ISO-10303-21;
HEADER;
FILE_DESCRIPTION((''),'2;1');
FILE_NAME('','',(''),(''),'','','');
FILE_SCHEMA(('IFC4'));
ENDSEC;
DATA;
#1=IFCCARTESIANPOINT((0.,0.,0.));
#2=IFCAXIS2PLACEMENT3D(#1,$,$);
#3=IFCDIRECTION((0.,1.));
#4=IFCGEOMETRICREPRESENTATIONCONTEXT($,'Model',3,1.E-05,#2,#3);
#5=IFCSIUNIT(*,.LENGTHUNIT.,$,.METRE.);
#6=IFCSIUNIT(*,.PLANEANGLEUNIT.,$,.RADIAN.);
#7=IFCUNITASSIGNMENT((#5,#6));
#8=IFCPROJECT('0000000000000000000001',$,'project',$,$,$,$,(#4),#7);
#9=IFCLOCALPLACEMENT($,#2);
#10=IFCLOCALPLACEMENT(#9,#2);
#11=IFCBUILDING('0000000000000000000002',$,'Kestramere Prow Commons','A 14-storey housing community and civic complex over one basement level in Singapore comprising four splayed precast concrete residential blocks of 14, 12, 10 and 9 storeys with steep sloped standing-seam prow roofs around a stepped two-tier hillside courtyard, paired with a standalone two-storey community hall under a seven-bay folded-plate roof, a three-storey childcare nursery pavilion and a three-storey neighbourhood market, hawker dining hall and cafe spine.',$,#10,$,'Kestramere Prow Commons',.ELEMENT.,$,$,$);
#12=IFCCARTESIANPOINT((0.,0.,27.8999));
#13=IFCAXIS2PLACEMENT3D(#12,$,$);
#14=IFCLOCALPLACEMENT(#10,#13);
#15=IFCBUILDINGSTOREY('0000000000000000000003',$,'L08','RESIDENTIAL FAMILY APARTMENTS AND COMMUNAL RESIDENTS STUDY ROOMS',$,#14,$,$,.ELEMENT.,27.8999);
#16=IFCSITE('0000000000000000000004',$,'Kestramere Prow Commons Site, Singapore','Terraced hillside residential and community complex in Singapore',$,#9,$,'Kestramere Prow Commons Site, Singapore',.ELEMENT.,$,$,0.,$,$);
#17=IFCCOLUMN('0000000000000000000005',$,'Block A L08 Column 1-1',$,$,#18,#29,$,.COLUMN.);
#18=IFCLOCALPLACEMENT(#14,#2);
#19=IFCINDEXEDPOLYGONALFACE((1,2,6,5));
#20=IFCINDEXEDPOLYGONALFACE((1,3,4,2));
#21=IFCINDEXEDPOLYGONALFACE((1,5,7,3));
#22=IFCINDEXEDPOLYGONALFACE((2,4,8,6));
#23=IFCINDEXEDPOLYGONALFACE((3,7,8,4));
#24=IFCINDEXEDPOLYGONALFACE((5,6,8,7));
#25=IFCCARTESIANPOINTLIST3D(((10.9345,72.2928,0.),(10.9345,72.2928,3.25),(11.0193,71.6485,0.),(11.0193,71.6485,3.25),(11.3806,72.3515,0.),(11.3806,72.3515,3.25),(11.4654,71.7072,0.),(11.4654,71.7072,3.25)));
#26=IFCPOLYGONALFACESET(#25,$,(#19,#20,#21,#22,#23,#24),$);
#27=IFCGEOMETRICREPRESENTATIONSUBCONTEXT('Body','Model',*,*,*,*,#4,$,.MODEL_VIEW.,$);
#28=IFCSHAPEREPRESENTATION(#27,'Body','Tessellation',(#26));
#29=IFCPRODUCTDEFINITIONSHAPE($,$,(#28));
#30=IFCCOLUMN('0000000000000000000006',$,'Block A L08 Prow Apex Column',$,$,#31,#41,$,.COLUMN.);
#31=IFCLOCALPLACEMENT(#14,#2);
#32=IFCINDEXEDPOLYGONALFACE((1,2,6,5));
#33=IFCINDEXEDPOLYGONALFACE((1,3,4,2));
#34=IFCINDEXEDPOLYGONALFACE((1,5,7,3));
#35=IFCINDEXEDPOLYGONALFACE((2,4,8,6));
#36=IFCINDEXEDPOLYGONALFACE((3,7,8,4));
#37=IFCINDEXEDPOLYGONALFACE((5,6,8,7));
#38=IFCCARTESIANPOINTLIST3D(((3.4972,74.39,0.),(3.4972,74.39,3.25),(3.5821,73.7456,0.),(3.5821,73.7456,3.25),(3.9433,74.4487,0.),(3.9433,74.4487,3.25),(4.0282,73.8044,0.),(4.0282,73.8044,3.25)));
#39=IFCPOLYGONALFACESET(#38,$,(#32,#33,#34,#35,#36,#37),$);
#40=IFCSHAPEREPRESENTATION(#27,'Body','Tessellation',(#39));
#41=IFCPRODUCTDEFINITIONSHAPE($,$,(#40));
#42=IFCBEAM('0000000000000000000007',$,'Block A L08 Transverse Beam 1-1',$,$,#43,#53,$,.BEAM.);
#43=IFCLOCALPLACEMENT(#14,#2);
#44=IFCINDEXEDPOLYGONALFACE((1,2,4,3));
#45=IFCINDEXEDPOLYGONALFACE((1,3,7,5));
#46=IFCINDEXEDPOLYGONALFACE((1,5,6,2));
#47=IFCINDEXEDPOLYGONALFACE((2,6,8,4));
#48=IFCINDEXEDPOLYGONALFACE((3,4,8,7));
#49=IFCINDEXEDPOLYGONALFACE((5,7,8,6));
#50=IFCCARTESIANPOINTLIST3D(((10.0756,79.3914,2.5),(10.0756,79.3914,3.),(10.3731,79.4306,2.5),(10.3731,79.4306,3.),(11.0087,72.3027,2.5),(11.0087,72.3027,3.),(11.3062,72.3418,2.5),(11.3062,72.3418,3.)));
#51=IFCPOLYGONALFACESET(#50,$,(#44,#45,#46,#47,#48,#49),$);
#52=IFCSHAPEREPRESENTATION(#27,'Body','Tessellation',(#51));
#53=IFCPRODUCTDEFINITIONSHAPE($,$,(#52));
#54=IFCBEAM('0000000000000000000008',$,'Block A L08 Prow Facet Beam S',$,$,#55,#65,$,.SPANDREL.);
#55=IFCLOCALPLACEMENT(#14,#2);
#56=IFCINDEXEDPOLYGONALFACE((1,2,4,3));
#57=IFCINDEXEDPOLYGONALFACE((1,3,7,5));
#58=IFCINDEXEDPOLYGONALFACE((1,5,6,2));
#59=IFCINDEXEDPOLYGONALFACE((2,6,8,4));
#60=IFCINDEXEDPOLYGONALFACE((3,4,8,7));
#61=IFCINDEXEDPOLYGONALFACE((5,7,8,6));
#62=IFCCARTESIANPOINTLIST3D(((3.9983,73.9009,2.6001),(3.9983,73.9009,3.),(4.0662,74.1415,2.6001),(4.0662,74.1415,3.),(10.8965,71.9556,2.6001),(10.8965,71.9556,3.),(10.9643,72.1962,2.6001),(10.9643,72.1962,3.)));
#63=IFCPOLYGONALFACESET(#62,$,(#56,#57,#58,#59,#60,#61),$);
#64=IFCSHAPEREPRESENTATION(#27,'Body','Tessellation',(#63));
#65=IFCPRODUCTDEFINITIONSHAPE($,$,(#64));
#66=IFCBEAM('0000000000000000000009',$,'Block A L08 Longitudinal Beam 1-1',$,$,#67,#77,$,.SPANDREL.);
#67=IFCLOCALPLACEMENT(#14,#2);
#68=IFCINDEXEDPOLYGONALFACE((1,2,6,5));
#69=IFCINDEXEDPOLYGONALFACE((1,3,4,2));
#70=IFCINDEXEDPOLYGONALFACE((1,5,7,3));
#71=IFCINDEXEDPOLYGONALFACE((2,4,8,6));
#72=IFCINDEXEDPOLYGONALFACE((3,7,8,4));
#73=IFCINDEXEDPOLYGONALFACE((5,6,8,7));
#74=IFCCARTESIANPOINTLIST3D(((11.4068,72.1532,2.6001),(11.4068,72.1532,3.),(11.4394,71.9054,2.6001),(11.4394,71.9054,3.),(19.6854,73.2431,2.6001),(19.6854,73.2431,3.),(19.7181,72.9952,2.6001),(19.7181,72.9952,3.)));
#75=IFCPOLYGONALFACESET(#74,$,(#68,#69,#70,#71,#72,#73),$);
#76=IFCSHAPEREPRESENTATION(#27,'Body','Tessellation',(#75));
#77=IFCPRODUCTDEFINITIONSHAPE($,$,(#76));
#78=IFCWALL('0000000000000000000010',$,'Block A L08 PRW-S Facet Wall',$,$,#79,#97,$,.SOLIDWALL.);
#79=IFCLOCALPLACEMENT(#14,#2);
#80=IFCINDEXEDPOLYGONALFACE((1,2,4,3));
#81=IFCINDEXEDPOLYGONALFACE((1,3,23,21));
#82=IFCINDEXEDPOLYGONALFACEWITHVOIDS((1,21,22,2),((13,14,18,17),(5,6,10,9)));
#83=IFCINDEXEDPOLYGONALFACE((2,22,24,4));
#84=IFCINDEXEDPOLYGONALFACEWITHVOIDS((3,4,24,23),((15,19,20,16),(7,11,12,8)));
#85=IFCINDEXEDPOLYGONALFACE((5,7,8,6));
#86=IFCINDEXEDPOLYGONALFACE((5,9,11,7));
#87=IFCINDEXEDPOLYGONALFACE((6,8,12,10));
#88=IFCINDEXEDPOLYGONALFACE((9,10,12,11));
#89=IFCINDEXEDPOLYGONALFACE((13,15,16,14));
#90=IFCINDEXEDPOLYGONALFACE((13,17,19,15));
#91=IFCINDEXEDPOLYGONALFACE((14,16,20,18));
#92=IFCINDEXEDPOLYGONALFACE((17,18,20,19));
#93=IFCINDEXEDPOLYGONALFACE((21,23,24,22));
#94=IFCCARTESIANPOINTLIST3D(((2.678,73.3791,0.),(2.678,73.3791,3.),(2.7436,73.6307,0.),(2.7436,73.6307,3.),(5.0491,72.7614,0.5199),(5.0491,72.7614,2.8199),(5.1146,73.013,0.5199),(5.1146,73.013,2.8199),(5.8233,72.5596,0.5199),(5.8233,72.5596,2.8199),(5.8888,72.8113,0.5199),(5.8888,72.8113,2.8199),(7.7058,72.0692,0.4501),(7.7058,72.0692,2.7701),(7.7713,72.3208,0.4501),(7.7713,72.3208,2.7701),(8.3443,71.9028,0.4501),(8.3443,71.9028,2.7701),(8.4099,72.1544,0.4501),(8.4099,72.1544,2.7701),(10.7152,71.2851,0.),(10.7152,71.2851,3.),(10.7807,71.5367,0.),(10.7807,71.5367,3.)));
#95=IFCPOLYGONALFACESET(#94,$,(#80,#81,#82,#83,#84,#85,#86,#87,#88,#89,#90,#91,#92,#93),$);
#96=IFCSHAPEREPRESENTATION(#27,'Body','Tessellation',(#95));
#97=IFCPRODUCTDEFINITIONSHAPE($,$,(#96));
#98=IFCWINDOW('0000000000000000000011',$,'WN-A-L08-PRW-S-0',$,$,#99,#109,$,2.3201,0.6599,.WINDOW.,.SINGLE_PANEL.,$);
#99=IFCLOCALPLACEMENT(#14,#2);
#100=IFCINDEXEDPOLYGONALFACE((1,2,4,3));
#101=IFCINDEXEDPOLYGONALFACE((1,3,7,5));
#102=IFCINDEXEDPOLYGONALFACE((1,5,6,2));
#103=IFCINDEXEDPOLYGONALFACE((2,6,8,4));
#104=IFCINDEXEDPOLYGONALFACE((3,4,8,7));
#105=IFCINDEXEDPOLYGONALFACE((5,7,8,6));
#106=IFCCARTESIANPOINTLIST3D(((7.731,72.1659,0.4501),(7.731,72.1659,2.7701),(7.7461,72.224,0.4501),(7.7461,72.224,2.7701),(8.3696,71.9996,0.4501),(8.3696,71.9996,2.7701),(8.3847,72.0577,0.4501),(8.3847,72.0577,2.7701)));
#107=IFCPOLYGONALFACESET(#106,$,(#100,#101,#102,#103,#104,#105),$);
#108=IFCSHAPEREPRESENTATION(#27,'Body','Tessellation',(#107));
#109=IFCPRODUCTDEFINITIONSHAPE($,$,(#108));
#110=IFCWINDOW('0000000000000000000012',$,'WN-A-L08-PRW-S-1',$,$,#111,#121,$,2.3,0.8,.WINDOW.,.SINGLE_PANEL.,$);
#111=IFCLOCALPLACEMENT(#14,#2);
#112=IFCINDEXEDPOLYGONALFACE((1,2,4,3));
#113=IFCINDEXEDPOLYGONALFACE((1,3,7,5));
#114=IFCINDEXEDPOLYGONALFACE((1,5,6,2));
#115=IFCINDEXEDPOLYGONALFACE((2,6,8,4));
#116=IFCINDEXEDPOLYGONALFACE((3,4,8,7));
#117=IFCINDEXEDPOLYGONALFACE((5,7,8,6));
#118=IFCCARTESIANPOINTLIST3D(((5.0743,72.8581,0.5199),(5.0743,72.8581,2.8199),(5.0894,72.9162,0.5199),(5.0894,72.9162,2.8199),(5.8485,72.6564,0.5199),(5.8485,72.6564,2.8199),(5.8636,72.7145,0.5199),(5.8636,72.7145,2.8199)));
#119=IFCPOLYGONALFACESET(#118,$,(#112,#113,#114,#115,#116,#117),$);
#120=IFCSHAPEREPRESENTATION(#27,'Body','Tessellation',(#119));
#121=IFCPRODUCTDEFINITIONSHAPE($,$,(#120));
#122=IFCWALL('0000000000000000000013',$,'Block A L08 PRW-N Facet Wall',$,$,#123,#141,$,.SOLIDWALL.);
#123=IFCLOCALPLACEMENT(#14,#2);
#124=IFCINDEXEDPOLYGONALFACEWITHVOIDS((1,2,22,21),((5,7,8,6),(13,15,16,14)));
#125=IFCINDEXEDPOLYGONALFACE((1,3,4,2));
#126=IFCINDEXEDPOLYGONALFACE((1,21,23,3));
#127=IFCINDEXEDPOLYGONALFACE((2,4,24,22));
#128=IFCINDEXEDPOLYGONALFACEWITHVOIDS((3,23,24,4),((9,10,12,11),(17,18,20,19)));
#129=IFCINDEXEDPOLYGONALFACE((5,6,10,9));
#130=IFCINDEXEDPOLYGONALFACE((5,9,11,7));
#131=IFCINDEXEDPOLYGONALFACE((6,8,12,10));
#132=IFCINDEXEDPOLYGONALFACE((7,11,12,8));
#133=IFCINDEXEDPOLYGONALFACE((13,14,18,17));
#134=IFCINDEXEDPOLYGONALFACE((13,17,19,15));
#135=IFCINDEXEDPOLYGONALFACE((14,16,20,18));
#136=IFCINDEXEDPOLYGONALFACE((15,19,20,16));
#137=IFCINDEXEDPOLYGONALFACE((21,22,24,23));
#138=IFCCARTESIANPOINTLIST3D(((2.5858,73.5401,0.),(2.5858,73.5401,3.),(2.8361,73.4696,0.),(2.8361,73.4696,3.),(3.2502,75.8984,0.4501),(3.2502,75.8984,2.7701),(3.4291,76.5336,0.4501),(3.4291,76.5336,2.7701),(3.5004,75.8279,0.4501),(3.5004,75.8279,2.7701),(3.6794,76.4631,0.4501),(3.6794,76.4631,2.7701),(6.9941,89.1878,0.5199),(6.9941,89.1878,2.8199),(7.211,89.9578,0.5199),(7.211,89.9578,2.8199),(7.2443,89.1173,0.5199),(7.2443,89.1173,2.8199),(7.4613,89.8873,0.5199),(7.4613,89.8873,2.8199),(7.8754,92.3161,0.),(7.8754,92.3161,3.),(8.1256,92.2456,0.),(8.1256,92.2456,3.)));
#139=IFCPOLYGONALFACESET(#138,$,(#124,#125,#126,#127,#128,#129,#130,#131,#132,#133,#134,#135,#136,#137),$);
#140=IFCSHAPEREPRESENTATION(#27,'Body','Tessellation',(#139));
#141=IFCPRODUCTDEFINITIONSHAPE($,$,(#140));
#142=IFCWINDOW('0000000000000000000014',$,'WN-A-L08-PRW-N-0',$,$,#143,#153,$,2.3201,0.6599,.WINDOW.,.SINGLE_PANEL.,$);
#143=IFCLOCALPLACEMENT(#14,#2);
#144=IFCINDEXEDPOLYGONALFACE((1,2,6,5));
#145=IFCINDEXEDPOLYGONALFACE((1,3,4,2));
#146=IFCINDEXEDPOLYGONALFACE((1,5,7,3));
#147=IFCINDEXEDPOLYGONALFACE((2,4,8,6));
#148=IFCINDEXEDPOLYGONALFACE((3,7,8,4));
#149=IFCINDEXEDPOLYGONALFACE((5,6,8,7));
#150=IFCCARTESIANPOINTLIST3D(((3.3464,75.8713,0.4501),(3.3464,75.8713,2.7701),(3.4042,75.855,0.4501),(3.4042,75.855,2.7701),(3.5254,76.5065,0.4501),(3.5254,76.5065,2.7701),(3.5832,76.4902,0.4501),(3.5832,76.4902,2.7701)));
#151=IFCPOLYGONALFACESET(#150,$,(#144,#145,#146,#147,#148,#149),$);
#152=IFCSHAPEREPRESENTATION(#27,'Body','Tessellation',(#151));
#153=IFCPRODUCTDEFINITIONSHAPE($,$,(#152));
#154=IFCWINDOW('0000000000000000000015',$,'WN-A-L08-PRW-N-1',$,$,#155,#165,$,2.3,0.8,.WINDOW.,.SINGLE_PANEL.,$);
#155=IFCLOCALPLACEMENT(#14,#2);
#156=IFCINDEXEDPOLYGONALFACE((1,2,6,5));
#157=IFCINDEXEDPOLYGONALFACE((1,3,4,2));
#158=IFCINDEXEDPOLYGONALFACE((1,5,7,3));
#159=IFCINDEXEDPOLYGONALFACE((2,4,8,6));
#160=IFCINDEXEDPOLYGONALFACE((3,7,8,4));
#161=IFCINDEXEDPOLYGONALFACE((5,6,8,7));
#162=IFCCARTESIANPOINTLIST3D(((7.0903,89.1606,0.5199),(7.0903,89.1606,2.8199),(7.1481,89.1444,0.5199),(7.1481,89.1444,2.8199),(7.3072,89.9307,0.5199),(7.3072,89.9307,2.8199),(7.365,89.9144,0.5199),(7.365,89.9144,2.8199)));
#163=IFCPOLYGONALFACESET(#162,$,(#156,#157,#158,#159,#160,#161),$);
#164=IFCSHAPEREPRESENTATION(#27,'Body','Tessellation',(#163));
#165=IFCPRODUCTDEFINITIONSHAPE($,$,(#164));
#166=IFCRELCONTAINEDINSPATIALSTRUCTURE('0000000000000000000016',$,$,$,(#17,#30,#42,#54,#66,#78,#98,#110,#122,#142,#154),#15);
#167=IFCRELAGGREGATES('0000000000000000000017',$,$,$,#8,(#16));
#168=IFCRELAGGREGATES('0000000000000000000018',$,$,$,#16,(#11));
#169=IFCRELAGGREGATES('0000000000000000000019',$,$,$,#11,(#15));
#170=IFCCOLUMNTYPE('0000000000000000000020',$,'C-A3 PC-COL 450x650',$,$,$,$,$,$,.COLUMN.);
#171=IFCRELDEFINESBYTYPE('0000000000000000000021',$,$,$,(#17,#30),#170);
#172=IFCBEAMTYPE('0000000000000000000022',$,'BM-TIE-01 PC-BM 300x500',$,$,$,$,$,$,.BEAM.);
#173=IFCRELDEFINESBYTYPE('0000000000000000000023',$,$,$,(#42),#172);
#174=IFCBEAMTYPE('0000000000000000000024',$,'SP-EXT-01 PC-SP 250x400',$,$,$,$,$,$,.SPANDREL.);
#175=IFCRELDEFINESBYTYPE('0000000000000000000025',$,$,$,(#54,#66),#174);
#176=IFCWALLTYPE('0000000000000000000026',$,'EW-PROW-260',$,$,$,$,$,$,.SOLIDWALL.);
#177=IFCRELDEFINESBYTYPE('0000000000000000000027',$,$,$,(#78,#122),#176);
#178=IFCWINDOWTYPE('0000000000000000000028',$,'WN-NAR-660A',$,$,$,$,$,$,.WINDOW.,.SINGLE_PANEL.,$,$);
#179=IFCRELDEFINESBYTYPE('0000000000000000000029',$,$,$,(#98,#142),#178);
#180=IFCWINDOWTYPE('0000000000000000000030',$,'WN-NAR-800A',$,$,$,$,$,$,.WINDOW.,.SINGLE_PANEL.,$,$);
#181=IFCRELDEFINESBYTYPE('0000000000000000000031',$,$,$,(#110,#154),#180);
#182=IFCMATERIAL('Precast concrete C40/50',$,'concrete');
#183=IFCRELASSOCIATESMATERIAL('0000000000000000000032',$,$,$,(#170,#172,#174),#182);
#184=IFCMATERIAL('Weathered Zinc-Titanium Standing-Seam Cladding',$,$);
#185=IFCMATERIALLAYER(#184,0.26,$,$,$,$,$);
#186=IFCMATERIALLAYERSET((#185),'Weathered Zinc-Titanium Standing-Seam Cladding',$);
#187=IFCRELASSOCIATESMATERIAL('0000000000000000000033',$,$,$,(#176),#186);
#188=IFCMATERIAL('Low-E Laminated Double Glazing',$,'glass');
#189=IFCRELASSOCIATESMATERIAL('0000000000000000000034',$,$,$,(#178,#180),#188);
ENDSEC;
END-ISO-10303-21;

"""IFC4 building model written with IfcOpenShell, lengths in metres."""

from ifc_helpers import new_model, si_unit, direction, frame, frame_2d, origin, origin_2d, place, context, subcontext, project, spatial, rectangle, extrude, material, layer, layer_set, material_profile, profile_set, type_object, element, fill, save


model = new_model("IFC4")

# Units and contexts
model_context = context("Model", 3, precision=1e-05, world=origin(), true_north=direction((0.0, 1.0)))
body_context = subcontext(model_context, "Body", "Model", "MODEL_VIEW")
ifc_project = project(units=[si_unit("LENGTHUNIT", "METRE"), si_unit("PLANEANGLEUNIT", "RADIAN")], contexts=[model_context])

# Site, building, storey
site_placement = place(None, origin())
site = spatial("IfcSite", under=ifc_project, at=site_placement, Name="Kestramere Prow Commons Site, Singapore", Description="Terraced hillside residential and community complex in Singapore", LongName="Kestramere Prow Commons Site, Singapore", CompositionType="ELEMENT", RefElevation=0.0)
building_placement = place(site_placement, origin())
building = spatial("IfcBuilding", under=site, at=building_placement, Name="Kestramere Prow Commons", Description="A 14-storey housing community and civic complex over one basement level in Singapore comprising four splayed precast concrete residential blocks of 14, 12, 10 and 9 storeys with steep sloped standing-seam prow roofs around a stepped two-tier hillside courtyard, paired with a standalone two-storey community hall under a seven-bay folded-plate roof, a three-storey childcare nursery pavilion and a three-storey neighbourhood market, hawker dining hall and cafe spine.", LongName="Kestramere Prow Commons", CompositionType="ELEMENT")
storey_placement = place(building_placement, frame((0.0, 0.0, 27.8999)))
storey = spatial("IfcBuildingStorey", under=building, at=storey_placement, Name="L08", Description="RESIDENTIAL FAMILY APARTMENTS AND COMMUNAL RESIDENTS STUDY ROOMS", CompositionType="ELEMENT", Elevation=27.8999)

# Columns
ifc_material_1 = material(Name="Precast concrete C40/50", Category="concrete")
ifc_material_profile_1 = material_profile(ifc_material_1, rectangle(XDim=0.45, YDim=0.6499, at=origin_2d()), Name="PC-COL 450x650")
ifc_profile_set_1 = profile_set([ifc_material_profile_1], Name="Precast concrete C40/50")
column_type = type_object("IfcColumnType", Name="C-A3 PC-COL 450x650", PredefinedType="COLUMN", material=ifc_profile_set_1)
for number, where, z_axis, x_axis, name in (
    (1, (11.2, 72.0, 0.0), (0.0, 0.0, 1.0), (0.991445, 0.130526, 0.0), "Block A L08 Column 1-1"),
    (2, (3.7627, 74.0972, 0.0), (0.0, 0.0, 1.0), (0.991445, 0.130526, 0.0), "Block A L08 Prow Apex Column"),
):
    element("IfcColumn", number, at=place(storey_placement, frame(where, z_axis=z_axis, x_axis=x_axis)), inside=storey, type_object=column_type, Name=name, PredefinedType="COLUMN", context=body_context, shape_type="SweptSolid", body=[
        extrude(rectangle(XDim=0.45, YDim=0.6499, at=origin_2d()), origin(), (0.0, 0.0, 1.0), 3.25),
    ])

# Beams
ifc_material_profile_2 = material_profile(ifc_material_1, rectangle(XDim=0.3, YDim=0.5, at=origin_2d()), Name="PC-BM 300x500")
ifc_profile_set_2 = profile_set([ifc_material_profile_2], Name="Precast concrete C40/50")
beam_type_1 = type_object("IfcBeamType", Name="BM-TIE-01 PC-BM 300x500", PredefinedType="BEAM", material=ifc_profile_set_2)
beam_1_placement = place(storey_placement, frame((11.1575, 72.3223, 2.75), z_axis=(-0.130504, 0.991448, 0.0), x_axis=(-0.991448, -0.130504, 0.0)))
element("IfcBeam", 3, at=beam_1_placement, inside=storey, type_object=beam_type_1, Name="Block A L08 Transverse Beam 1-1", PredefinedType="BEAM", context=body_context, shape_type="SweptSolid", body=[
    extrude(rectangle(XDim=0.3, YDim=0.5, at=origin_2d()), origin(), (0.0, 0.0, 1.0), 7.1499),
])
ifc_material_profile_3 = material_profile(ifc_material_1, rectangle(XDim=0.25, YDim=0.3999, at=origin_2d()), Name="PC-SP 250x400")
ifc_profile_set_3 = profile_set([ifc_material_profile_3], Name="Precast concrete C40/50")
beam_type_2 = type_object("IfcBeamType", Name="SP-EXT-01 PC-SP 250x400", PredefinedType="SPANDREL", material=ifc_profile_set_3)
beam_2_placement = place(storey_placement, frame((10.9304, 72.0759, 2.8), z_axis=(-0.962462, 0.271417, 0.0), x_axis=(-0.271417, -0.962462, 0.0)))
element("IfcBeam", 4, at=beam_2_placement, inside=storey, type_object=beam_type_2, Name="Block A L08 Prow Facet Beam S", PredefinedType="SPANDREL", context=body_context, shape_type="SweptSolid", body=[
    extrude(rectangle(XDim=0.25, YDim=0.3999, at=origin_2d()), origin(), (0.0, 0.0, 1.0), 7.1672),
])
beam_3_placement = place(storey_placement, frame((11.4231, 72.0293, 2.8), z_axis=(0.991446, 0.13052, 0.0), x_axis=(-0.13052, 0.991446, 0.0)))
element("IfcBeam", 5, at=beam_3_placement, inside=storey, type_object=beam_type_2, Name="Block A L08 Longitudinal Beam 1-1", PredefinedType="SPANDREL", context=body_context, shape_type="SweptSolid", body=[
    extrude(rectangle(XDim=0.25, YDim=0.3999, at=origin_2d()), origin(), (0.0, 0.0, 1.0), 8.3501),
])

# Walls, openings, windows
ifc_material_2 = material(Name="Weathered Zinc-Titanium Standing-Seam Cladding")
ifc_layer_1 = layer(ifc_material_2, 0.26)
ifc_layer_set_1 = layer_set([ifc_layer_1], Name="Weathered Zinc-Titanium Standing-Seam Cladding")
wall_type_1 = type_object("IfcWallType", Name="EW-PROW-260", PredefinedType="SOLIDWALL", material=ifc_layer_set_1)
wall_1_placement = place(storey_placement, frame((10.748, 71.4109, 0.0), z_axis=(0.0, 0.0, 1.0), x_axis=(-0.967695, 0.252124, 0.0)))
wall_1 = element("IfcWall", 6, at=wall_1_placement, inside=storey, type_object=wall_type_1, Name="Block A L08 PRW-S Facet Wall", PredefinedType="SOLIDWALL", context=body_context, shape_type="SweptSolid", body=[
    extrude(rectangle(XDim=8.3054, YDim=0.26, at=frame_2d((4.1528, 0.0))), origin(), (0.0, 0.0, 1.0), 3.0),
])
opening_1_placement = place(wall_1_placement, frame((2.45, 0.0, 0.45)))
opening_1 = element("IfcOpeningElement", 7, at=opening_1_placement, cuts=wall_1, PredefinedType="OPENING", context=body_context, shape_type="SweptSolid", body=[
    extrude(rectangle(XDim=0.6599, YDim=2.3201, at=frame_2d((0.3301, 1.1602))), frame((0.0, 0.145, 0.0), z_axis=(0.0, -1.0, 0.0), x_axis=(1.0, 0.0, 0.0)), (0.0, 0.0, 1.0), 0.29),
])
opening_2_placement = place(wall_1_placement, frame((5.0554, 0.0, 0.52)))
opening_2 = element("IfcOpeningElement", 8, at=opening_2_placement, cuts=wall_1, PredefinedType="OPENING", context=body_context, shape_type="SweptSolid", body=[
    extrude(rectangle(XDim=0.8, YDim=2.3, at=frame_2d((0.3999, 1.1499))), frame((0.0, 0.145, 0.0), z_axis=(0.0, -1.0, 0.0), x_axis=(1.0, 0.0, 0.0)), (0.0, 0.0, 1.0), 0.29),
])
ifc_material_3 = material(Name="Low-E Laminated Double Glazing", Category="glass")
window_type_1 = type_object("IfcWindowType", Name="WN-NAR-660A", PartitioningType="SINGLE_PANEL", PredefinedType="WINDOW", material=ifc_material_3)
window_1_placement = place(opening_1_placement, origin())
window_1 = element("IfcWindow", 9, at=window_1_placement, inside=storey, type_object=window_type_1, Name="WN-A-L08-PRW-S-0", OverallHeight=2.3201, OverallWidth=0.6599, PartitioningType="SINGLE_PANEL", PredefinedType="WINDOW", context=body_context, shape_type="SweptSolid", body=[
    extrude(rectangle(XDim=0.6599, YDim=2.3201, at=frame_2d((0.3301, 1.1602))), frame((0.0, 0.03, 0.0), z_axis=(0.0, -1.0, 0.0), x_axis=(1.0, 0.0, 0.0)), (0.0, 0.0, 1.0), 0.0601),
])
fill(opening_1, window_1)
window_type_2 = type_object("IfcWindowType", Name="WN-NAR-800A", PartitioningType="SINGLE_PANEL", PredefinedType="WINDOW", material=ifc_material_3)
window_2_placement = place(opening_2_placement, origin())
window_2 = element("IfcWindow", 10, at=window_2_placement, inside=storey, type_object=window_type_2, Name="WN-A-L08-PRW-S-1", OverallHeight=2.3, OverallWidth=0.8, PartitioningType="SINGLE_PANEL", PredefinedType="WINDOW", context=body_context, shape_type="SweptSolid", body=[
    extrude(rectangle(XDim=0.8, YDim=2.3, at=frame_2d((0.3999, 1.1499))), frame((0.0, 0.03, 0.0), z_axis=(0.0, -1.0, 0.0), x_axis=(1.0, 0.0, 0.0)), (0.0, 0.0, 1.0), 0.0601),
])
fill(opening_2, window_2)
wall_2_placement = place(storey_placement, frame((2.7109, 73.5049, 0.0), z_axis=(0.0, 0.0, 1.0), x_axis=(0.271165, 0.962533, 0.0)))
wall_2 = element("IfcWall", 11, at=wall_2_placement, inside=storey, type_object=wall_type_1, Name="Block A L08 PRW-N Facet Wall", PredefinedType="SOLIDWALL", context=body_context, shape_type="SweptSolid", body=[
    extrude(rectangle(XDim=19.5068, YDim=0.26, at=frame_2d((9.7534, 0.0))), origin(), (0.0, 0.0, 1.0), 3.0),
])
opening_3_placement = place(wall_2_placement, frame((2.45, 0.0, 0.45)))
opening_3 = element("IfcOpeningElement", 12, at=opening_3_placement, cuts=wall_2, PredefinedType="OPENING", context=body_context, shape_type="SweptSolid", body=[
    extrude(rectangle(XDim=0.6599, YDim=2.3201, at=frame_2d((0.3301, 1.1602))), frame((0.0, 0.145, 0.0), z_axis=(0.0, -1.0, 0.0), x_axis=(1.0, 0.0, 0.0)), (0.0, 0.0, 1.0), 0.29),
])
opening_4_placement = place(wall_2_placement, frame((16.2568, 0.0, 0.52)))
opening_4 = element("IfcOpeningElement", 13, at=opening_4_placement, cuts=wall_2, PredefinedType="OPENING", context=body_context, shape_type="SweptSolid", body=[
    extrude(rectangle(XDim=0.8, YDim=2.3, at=frame_2d((0.3999, 1.1499))), frame((0.0, 0.145, 0.0), z_axis=(0.0, -1.0, 0.0), x_axis=(1.0, 0.0, 0.0)), (0.0, 0.0, 1.0), 0.29),
])
window_3_placement = place(opening_3_placement, origin())
window_3 = element("IfcWindow", 14, at=window_3_placement, inside=storey, type_object=window_type_1, Name="WN-A-L08-PRW-N-0", OverallHeight=2.3201, OverallWidth=0.6599, PartitioningType="SINGLE_PANEL", PredefinedType="WINDOW", context=body_context, shape_type="SweptSolid", body=[
    extrude(rectangle(XDim=0.6599, YDim=2.3201, at=frame_2d((0.3301, 1.1602))), frame((0.0, 0.03, 0.0), z_axis=(0.0, -1.0, 0.0), x_axis=(1.0, 0.0, 0.0)), (0.0, 0.0, 1.0), 0.0601),
])
fill(opening_3, window_3)
window_4_placement = place(opening_4_placement, origin())
window_4 = element("IfcWindow", 15, at=window_4_placement, inside=storey, type_object=window_type_2, Name="WN-A-L08-PRW-N-1", OverallHeight=2.3, OverallWidth=0.8, PartitioningType="SINGLE_PANEL", PredefinedType="WINDOW", context=body_context, shape_type="SweptSolid", body=[
    extrude(rectangle(XDim=0.8, YDim=2.3, at=frame_2d((0.3999, 1.1499))), frame((0.0, 0.03, 0.0), z_axis=(0.0, -1.0, 0.0), x_axis=(1.0, 0.0, 0.0)), (0.0, 0.0, 1.0), 0.0601),
])
fill(opening_4, window_4)

save(model, "model.ifc")
